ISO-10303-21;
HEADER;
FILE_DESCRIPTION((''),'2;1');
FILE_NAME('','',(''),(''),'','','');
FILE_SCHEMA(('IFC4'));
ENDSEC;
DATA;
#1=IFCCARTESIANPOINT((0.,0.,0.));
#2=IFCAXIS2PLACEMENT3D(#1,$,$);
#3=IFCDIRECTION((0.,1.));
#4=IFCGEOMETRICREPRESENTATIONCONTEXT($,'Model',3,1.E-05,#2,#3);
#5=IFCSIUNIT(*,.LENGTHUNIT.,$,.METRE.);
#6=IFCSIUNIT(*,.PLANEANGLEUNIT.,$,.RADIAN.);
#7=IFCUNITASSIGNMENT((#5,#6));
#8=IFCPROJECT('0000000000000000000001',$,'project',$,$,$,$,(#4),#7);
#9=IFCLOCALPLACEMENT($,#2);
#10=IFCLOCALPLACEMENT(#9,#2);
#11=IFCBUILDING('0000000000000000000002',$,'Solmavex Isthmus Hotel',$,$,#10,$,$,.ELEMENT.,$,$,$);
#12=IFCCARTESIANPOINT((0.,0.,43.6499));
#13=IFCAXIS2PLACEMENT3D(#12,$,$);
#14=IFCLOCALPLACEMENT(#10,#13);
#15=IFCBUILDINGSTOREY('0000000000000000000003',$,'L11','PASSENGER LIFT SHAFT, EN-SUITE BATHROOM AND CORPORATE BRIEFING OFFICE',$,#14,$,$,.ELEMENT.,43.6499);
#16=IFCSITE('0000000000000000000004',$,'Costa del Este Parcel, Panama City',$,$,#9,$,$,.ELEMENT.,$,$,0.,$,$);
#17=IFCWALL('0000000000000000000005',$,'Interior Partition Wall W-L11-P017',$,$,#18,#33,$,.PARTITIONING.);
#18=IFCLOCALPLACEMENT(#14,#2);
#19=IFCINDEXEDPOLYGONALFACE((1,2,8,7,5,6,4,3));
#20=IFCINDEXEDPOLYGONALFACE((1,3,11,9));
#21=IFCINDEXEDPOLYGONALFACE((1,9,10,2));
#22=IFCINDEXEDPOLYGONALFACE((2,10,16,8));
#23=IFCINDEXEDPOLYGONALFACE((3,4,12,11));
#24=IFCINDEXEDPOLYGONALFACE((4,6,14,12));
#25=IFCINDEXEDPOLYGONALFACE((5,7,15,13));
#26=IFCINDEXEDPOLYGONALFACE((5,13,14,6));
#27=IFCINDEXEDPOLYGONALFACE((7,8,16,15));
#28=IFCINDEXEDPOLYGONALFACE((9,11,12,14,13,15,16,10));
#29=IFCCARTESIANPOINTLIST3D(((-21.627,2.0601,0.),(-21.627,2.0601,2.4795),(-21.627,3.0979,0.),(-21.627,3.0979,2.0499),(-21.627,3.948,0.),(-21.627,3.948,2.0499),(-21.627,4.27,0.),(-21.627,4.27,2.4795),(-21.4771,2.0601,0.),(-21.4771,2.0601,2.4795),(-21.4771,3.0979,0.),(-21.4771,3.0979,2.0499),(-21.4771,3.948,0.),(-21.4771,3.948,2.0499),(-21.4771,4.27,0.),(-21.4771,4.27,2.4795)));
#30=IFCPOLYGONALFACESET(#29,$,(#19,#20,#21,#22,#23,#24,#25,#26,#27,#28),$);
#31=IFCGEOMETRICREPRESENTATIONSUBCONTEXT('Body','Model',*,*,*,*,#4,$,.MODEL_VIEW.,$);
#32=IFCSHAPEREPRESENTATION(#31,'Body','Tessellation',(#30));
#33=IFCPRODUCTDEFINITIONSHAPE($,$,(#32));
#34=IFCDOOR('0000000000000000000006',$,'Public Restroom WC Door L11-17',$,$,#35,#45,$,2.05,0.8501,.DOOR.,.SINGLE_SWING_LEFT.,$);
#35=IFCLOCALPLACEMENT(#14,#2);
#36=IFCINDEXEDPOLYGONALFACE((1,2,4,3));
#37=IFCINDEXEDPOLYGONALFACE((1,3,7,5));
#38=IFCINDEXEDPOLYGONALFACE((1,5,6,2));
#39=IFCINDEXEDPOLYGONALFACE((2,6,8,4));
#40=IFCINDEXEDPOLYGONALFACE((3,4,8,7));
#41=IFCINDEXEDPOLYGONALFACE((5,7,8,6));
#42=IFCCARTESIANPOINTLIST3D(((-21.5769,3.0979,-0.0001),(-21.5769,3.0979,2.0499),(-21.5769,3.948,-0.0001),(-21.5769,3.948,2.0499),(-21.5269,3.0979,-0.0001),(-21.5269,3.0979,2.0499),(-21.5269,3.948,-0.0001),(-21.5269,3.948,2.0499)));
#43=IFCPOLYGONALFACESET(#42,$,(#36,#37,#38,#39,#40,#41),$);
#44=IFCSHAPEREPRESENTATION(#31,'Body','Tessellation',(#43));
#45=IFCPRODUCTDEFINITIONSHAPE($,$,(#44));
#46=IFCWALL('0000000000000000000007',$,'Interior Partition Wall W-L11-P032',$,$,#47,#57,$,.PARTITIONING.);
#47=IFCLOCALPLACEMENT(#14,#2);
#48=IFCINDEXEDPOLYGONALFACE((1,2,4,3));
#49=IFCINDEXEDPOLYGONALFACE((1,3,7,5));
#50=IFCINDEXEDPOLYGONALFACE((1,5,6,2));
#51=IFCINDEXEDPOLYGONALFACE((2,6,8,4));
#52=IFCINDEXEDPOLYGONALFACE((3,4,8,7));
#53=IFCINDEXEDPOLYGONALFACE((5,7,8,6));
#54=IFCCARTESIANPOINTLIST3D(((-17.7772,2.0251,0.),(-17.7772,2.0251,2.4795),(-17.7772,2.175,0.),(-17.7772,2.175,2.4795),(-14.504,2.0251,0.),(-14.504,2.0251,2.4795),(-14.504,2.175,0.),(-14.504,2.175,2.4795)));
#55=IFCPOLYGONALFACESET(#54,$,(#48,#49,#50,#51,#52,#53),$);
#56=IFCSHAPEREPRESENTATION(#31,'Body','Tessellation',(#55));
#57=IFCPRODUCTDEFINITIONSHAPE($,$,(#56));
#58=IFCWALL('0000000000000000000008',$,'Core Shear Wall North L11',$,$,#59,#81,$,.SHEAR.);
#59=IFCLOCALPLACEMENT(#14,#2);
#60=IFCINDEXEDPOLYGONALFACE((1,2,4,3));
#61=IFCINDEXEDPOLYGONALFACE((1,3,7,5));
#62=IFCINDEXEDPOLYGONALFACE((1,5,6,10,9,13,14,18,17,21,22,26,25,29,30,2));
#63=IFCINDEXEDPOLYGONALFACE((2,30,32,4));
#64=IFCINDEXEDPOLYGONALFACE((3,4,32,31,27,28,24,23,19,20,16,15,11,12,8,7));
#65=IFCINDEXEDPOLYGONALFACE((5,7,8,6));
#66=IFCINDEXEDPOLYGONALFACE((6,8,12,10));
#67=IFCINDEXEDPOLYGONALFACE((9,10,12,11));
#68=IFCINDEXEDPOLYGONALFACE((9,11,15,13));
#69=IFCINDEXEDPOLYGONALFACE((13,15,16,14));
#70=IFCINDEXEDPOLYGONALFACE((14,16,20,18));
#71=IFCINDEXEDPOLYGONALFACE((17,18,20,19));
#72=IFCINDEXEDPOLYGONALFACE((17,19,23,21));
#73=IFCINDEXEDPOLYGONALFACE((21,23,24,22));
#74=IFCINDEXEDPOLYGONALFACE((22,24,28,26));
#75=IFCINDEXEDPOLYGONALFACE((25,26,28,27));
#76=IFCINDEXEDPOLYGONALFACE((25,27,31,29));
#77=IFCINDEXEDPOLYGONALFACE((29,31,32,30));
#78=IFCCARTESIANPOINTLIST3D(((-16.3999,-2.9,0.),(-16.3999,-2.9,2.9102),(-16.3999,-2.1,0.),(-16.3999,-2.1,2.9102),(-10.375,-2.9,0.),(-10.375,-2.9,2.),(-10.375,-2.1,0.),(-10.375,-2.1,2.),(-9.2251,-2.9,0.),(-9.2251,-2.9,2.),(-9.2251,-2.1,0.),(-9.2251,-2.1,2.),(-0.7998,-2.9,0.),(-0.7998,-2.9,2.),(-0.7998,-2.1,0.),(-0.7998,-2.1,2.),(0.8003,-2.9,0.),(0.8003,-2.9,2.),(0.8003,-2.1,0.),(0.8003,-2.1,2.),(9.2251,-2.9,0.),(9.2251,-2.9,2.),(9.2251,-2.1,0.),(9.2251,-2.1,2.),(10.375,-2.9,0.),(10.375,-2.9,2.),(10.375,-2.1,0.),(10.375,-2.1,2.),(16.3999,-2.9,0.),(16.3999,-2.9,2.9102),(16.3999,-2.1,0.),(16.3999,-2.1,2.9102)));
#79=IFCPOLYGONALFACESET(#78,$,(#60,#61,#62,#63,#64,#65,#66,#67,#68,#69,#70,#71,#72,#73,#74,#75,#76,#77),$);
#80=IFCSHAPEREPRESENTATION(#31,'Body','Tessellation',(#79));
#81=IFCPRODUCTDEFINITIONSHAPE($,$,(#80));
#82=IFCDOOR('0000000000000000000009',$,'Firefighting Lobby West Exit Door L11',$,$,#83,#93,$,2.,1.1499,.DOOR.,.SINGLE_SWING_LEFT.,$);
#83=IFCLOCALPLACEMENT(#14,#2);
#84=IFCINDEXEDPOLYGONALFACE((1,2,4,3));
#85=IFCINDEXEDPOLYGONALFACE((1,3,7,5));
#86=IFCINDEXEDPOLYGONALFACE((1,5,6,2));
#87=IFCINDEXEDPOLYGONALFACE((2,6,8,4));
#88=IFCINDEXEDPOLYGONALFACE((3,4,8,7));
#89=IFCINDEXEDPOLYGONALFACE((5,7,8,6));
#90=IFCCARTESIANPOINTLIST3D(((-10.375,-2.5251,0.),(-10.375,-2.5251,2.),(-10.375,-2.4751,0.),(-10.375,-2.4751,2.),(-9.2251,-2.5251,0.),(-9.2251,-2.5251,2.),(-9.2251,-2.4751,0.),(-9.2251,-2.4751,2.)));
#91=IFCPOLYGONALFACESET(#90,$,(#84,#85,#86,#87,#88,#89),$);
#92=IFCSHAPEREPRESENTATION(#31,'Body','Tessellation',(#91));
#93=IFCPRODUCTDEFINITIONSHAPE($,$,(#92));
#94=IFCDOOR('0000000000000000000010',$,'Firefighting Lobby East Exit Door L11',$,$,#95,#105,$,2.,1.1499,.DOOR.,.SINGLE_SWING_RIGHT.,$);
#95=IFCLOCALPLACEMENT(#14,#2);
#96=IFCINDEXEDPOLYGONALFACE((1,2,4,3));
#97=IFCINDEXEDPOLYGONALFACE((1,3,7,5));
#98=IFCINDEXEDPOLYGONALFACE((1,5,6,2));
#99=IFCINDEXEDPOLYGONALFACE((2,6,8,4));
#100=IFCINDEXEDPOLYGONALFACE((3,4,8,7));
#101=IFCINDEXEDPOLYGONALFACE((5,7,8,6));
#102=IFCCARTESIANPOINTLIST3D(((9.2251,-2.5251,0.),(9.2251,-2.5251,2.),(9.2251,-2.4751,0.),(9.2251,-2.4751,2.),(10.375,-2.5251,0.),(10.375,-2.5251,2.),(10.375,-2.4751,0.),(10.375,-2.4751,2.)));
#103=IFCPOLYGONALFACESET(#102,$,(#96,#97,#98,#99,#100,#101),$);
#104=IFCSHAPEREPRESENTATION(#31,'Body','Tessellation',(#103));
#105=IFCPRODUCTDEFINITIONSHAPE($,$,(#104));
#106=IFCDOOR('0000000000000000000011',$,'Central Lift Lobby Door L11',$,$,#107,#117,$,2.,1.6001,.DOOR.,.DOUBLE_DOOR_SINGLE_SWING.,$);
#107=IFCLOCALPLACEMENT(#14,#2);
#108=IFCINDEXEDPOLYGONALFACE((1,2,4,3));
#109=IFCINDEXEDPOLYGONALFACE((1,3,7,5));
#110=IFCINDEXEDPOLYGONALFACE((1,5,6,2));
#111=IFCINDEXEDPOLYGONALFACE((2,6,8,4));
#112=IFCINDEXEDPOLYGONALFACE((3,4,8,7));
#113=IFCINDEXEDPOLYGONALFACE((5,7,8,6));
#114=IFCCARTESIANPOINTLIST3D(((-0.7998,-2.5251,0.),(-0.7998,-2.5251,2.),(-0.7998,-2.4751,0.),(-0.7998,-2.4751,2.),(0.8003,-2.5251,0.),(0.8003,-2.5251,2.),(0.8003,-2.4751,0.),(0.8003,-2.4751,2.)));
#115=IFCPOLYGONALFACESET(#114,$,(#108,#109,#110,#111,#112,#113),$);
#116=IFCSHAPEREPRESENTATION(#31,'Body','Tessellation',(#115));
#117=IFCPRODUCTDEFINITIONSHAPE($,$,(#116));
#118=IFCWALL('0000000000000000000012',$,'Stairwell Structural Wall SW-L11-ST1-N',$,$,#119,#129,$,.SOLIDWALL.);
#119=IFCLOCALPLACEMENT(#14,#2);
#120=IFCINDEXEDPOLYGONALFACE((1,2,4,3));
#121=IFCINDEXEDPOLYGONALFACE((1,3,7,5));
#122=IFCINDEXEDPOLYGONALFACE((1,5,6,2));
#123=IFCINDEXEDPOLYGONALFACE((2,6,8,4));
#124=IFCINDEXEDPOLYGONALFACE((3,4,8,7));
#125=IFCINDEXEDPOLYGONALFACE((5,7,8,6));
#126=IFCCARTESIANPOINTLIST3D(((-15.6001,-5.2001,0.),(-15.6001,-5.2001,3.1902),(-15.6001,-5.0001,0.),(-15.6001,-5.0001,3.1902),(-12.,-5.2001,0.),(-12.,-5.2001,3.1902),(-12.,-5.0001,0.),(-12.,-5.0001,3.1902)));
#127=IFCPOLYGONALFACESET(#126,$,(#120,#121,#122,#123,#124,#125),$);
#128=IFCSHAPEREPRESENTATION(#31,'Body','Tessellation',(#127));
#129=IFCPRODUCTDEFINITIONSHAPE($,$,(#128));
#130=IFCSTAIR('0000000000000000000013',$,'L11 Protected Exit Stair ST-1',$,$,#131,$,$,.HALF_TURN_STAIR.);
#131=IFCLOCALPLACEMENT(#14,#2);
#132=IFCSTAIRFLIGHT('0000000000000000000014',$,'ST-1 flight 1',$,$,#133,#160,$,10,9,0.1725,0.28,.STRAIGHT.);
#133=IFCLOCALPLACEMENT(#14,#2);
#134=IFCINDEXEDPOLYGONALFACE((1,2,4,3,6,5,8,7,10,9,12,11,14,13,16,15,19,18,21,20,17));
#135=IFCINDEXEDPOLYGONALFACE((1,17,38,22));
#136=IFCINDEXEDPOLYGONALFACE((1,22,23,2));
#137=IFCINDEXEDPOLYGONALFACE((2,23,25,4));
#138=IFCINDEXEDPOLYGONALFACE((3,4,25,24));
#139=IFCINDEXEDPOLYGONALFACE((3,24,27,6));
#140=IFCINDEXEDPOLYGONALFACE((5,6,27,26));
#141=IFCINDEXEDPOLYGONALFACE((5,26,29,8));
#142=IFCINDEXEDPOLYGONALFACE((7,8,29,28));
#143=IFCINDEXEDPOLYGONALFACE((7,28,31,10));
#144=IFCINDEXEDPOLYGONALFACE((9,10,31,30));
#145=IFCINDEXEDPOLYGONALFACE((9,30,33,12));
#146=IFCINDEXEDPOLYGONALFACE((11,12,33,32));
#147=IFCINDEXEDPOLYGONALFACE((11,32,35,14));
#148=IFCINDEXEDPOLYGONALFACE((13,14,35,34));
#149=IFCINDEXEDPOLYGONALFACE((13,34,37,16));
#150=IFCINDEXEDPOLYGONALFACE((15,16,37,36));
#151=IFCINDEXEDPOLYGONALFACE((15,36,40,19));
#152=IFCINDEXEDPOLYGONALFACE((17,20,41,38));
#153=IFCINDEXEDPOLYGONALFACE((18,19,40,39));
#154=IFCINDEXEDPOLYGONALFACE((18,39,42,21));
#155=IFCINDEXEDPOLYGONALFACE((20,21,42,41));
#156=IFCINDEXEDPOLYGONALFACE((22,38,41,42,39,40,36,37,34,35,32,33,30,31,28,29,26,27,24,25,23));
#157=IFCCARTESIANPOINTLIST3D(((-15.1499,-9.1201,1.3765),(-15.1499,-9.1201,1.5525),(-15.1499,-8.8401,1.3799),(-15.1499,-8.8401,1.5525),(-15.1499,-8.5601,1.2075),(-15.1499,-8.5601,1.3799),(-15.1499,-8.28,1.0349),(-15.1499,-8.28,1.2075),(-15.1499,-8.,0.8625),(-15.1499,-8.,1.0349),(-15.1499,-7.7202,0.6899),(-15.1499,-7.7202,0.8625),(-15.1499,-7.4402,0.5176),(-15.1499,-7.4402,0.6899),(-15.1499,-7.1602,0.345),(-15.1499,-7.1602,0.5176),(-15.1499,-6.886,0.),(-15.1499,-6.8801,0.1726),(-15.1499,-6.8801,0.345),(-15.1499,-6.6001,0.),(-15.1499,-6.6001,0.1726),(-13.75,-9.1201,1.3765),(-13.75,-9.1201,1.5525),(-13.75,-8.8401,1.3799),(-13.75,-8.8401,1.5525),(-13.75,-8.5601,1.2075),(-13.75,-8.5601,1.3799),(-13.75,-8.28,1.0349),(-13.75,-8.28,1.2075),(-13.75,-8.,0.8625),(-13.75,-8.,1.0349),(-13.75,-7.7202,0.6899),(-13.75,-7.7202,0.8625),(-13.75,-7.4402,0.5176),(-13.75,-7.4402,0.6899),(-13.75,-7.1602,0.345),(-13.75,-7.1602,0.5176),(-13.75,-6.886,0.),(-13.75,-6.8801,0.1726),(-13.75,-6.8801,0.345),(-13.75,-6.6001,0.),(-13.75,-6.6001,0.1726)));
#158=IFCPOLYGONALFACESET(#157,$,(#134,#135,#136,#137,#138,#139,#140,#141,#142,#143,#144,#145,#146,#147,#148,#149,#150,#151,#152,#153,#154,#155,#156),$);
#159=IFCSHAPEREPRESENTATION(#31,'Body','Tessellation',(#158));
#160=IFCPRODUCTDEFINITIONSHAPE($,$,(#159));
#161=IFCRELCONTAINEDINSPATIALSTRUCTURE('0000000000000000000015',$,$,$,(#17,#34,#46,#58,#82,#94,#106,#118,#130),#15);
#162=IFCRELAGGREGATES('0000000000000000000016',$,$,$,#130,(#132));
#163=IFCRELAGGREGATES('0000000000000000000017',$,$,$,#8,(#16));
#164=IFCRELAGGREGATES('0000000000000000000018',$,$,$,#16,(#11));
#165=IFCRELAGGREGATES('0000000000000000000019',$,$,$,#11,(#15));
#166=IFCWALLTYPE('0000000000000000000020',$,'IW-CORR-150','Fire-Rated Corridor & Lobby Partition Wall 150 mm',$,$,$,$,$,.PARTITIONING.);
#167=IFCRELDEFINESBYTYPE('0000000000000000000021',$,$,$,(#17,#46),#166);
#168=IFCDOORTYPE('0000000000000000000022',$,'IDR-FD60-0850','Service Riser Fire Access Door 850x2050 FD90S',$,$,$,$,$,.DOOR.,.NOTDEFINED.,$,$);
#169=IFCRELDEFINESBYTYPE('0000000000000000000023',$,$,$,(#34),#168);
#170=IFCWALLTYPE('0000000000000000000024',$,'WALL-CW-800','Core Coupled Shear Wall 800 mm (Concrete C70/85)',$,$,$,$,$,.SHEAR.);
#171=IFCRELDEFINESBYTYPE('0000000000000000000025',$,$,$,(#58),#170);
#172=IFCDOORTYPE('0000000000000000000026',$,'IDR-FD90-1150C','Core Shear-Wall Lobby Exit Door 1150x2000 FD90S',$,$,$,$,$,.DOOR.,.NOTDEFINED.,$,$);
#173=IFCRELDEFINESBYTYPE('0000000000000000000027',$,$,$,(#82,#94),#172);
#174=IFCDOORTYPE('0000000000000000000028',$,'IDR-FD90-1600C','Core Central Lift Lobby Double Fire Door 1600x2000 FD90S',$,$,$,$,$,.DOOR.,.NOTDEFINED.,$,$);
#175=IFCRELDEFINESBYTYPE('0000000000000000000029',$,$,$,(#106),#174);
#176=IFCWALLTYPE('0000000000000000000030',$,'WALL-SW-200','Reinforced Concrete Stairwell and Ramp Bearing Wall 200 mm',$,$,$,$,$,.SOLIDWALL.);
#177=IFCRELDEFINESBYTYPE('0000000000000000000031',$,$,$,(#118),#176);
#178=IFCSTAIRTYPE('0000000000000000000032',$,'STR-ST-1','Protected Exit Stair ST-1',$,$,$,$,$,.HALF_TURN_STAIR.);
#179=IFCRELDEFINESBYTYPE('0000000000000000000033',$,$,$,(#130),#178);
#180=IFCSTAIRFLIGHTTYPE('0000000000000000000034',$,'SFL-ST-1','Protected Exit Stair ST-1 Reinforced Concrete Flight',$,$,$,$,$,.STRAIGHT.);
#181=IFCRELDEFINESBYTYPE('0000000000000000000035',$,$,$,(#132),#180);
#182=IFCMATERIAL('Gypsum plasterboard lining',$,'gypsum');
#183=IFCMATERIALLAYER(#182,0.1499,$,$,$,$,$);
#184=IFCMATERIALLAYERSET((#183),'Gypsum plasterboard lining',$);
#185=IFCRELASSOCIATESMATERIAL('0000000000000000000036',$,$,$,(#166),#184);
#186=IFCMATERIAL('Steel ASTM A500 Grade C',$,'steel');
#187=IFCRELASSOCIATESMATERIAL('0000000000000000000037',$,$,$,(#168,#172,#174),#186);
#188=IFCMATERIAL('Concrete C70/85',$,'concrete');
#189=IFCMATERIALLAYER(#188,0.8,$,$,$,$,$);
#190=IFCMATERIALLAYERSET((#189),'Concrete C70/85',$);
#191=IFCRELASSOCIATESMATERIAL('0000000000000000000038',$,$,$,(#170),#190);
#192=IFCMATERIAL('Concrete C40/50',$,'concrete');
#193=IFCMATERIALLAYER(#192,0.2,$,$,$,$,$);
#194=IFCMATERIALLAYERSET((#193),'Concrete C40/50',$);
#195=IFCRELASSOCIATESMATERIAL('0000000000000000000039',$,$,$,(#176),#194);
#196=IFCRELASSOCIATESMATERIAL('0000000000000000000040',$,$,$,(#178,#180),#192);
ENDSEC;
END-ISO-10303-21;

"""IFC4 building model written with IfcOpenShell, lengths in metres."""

from ifc_helpers import new_model, si_unit, direction, frame, frame_2d, origin, place, context, subcontext, project, spatial, polyline, rectangle, outline, extrude, material, layer, layer_set, type_object, element, fill, aggregate, save


model = new_model("IFC4")

# Units and contexts
model_context = context("Model", 3, precision=1e-05, world=origin(), true_north=direction((0.0, 1.0)))
body_context = subcontext(model_context, "Body", "Model", "MODEL_VIEW")
ifc_project = project(units=[si_unit("LENGTHUNIT", "METRE"), si_unit("PLANEANGLEUNIT", "RADIAN")], contexts=[model_context])

# Site, building, storey
site_placement = place(None, origin())
site = spatial("IfcSite", under=ifc_project, at=site_placement, Name="Costa del Este Parcel, Panama City", CompositionType="ELEMENT", RefElevation=0.0)
building_placement = place(site_placement, origin())
building = spatial("IfcBuilding", under=site, at=building_placement, Name="Solmavex Isthmus Hotel", CompositionType="ELEMENT")
storey_placement = place(building_placement, frame((0.0, 0.0, 43.6499)))
storey = spatial("IfcBuildingStorey", under=building, at=storey_placement, Name="L11", Description="PASSENGER LIFT SHAFT, EN-SUITE BATHROOM AND CORPORATE BRIEFING OFFICE", CompositionType="ELEMENT", Elevation=43.6499)

# Shared definitions
ifc_material_1 = material(Name="Concrete C70/85", Category="concrete")

# Shared definitions
ifc_material_2 = material(Name="Gypsum plasterboard lining", Category="gypsum")

# Wall, opening, door
ifc_layer_1 = layer(ifc_material_2, 0.1499)
ifc_layer_set_1 = layer_set([ifc_layer_1], Name="Gypsum plasterboard lining")
wall_type_1 = type_object("IfcWallType", Name="IW-CORR-150", Description="Fire-Rated Corridor & Lobby Partition Wall 150 mm", PredefinedType="PARTITIONING", material=ifc_layer_set_1)
wall_1_placement = place(storey_placement, frame((-21.552, 2.0601, 0.0), z_axis=(0.0, 0.0, 1.0), x_axis=(0.0, 1.0, 0.0)))
wall_1 = element("IfcWall", 1, at=wall_1_placement, inside=storey, type_object=wall_type_1, Name="Interior Partition Wall W-L11-P017", PredefinedType="PARTITIONING", context=body_context, shape_type="SweptSolid", body=[
    extrude(rectangle(XDim=2.21, YDim=0.1499, at=frame_2d((1.105, 0.0))), origin(), (0.0, 0.0, 1.0), 2.4795),
])
opening_1_placement = place(wall_1_placement, frame((1.0378, 0.0, 0.0)))
opening_1 = element("IfcOpeningElement", 2, at=opening_1_placement, cuts=wall_1, PredefinedType="OPENING", context=body_context, shape_type="SweptSolid", body=[
    extrude(rectangle(XDim=0.8501, YDim=2.05, at=frame_2d((0.425, 1.0249))), frame((0.0, 0.085, 0.0), z_axis=(0.0, -1.0, 0.0), x_axis=(1.0, 0.0, 0.0)), (0.0, 0.0, 1.0), 0.1699),
])
ifc_material_3 = material(Name="Steel ASTM A500 Grade C", Category="steel")
door_type_1 = type_object("IfcDoorType", Name="IDR-FD60-0850", Description="Service Riser Fire Access Door 850x2050 FD90S", OperationType="NOTDEFINED", PredefinedType="DOOR", material=ifc_material_3)
door_1_placement = place(opening_1_placement, origin())
door_1 = element("IfcDoor", 3, at=door_1_placement, inside=storey, type_object=door_type_1, Name="Public Restroom WC Door L11-17", OperationType="SINGLE_SWING_LEFT", OverallHeight=2.05, OverallWidth=0.8501, PredefinedType="DOOR", context=body_context, shape_type="SweptSolid", body=[
    extrude(rectangle(XDim=0.8501, YDim=2.05, at=frame_2d((0.425, 1.0249))), frame((0.0, 0.0249, 0.0), z_axis=(0.0, -1.0, 0.0), x_axis=(1.0, 0.0, 0.0)), (0.0, 0.0, 1.0), 0.05),
])
fill(opening_1, door_1)

# Wall
wall_2_placement = place(storey_placement, frame((-14.5039, 2.1001, 0.0), z_axis=(0.0, 0.0, 1.0), x_axis=(-1.0, 0.0, 0.0)))
element("IfcWall", 4, at=wall_2_placement, inside=storey, type_object=wall_type_1, Name="Interior Partition Wall W-L11-P032", PredefinedType="PARTITIONING", context=body_context, shape_type="SweptSolid", body=[
    extrude(rectangle(XDim=3.2732, YDim=0.1499, at=frame_2d((1.6367, 0.0))), origin(), (0.0, 0.0, 1.0), 2.4795),
])

# Wall, openings, doors
ifc_layer_2 = layer(ifc_material_1, 0.8)
ifc_layer_set_2 = layer_set([ifc_layer_2], Name="Concrete C70/85")
wall_type_2 = type_object("IfcWallType", Name="WALL-CW-800", Description="Core Coupled Shear Wall 800 mm (Concrete C70/85)", PredefinedType="SHEAR", material=ifc_layer_set_2)
wall_3_placement = place(storey_placement, frame((-16.3999, -2.5, 0.0), z_axis=(0.0, 0.0, 1.0), x_axis=(1.0, 0.0, 0.0)))
wall_3 = element("IfcWall", 5, at=wall_3_placement, inside=storey, type_object=wall_type_2, Name="Core Shear Wall North L11", PredefinedType="SHEAR", context=body_context, shape_type="SweptSolid", body=[
    extrude(rectangle(XDim=32.7998, YDim=0.8, at=frame_2d((16.3999, 0.0))), origin(), (0.0, 0.0, 1.0), 2.9102),
])
opening_2_placement = place(wall_3_placement, frame((6.0249, 0.0, 0.0)))
opening_2 = element("IfcOpeningElement", 6, at=opening_2_placement, cuts=wall_3, PredefinedType="OPENING", context=body_context, shape_type="SweptSolid", body=[
    extrude(rectangle(XDim=1.1499, YDim=2.0, at=frame_2d((0.575, 1.0))), frame((0.0, 0.4099, 0.0), z_axis=(0.0, -1.0, 0.0), x_axis=(1.0, 0.0, 0.0)), (0.0, 0.0, 1.0), 0.8201),
])
opening_3_placement = place(wall_3_placement, frame((15.6001, 0.0, 0.0)))
opening_3 = element("IfcOpeningElement", 7, at=opening_3_placement, cuts=wall_3, PredefinedType="OPENING", context=body_context, shape_type="SweptSolid", body=[
    extrude(rectangle(XDim=1.6001, YDim=2.0, at=frame_2d((0.8, 1.0))), frame((0.0, 0.4099, 0.0), z_axis=(0.0, -1.0, 0.0), x_axis=(1.0, 0.0, 0.0)), (0.0, 0.0, 1.0), 0.8201),
])
opening_4_placement = place(wall_3_placement, frame((25.625, 0.0, 0.0)))
opening_4 = element("IfcOpeningElement", 8, at=opening_4_placement, cuts=wall_3, PredefinedType="OPENING", context=body_context, shape_type="SweptSolid", body=[
    extrude(rectangle(XDim=1.1499, YDim=2.0, at=frame_2d((0.575, 1.0))), frame((0.0, 0.4099, 0.0), z_axis=(0.0, -1.0, 0.0), x_axis=(1.0, 0.0, 0.0)), (0.0, 0.0, 1.0), 0.8201),
])
door_type_2 = type_object("IfcDoorType", Name="IDR-FD90-1150C", Description="Core Shear-Wall Lobby Exit Door 1150x2000 FD90S", OperationType="NOTDEFINED", PredefinedType="DOOR", material=ifc_material_3)
door_2_placement = place(opening_2_placement, origin())
door_2 = element("IfcDoor", 9, at=door_2_placement, inside=storey, type_object=door_type_2, Name="Firefighting Lobby West Exit Door L11", OperationType="SINGLE_SWING_LEFT", OverallHeight=2.0, OverallWidth=1.1499, PredefinedType="DOOR", context=body_context, shape_type="SweptSolid", body=[
    extrude(rectangle(XDim=1.1499, YDim=2.0, at=frame_2d((0.575, 1.0))), frame((0.0, 0.0249, 0.0), z_axis=(0.0, -1.0, 0.0), x_axis=(1.0, 0.0, 0.0)), (0.0, 0.0, 1.0), 0.05),
])
fill(opening_2, door_2)
door_3_placement = place(opening_4_placement, origin())
door_3 = element("IfcDoor", 10, at=door_3_placement, inside=storey, type_object=door_type_2, Name="Firefighting Lobby East Exit Door L11", OperationType="SINGLE_SWING_RIGHT", OverallHeight=2.0, OverallWidth=1.1499, PredefinedType="DOOR", context=body_context, shape_type="SweptSolid", body=[
    extrude(rectangle(XDim=1.1499, YDim=2.0, at=frame_2d((0.575, 1.0))), frame((0.0, 0.0249, 0.0), z_axis=(0.0, -1.0, 0.0), x_axis=(1.0, 0.0, 0.0)), (0.0, 0.0, 1.0), 0.05),
])
fill(opening_4, door_3)
door_type_3 = type_object("IfcDoorType", Name="IDR-FD90-1600C", Description="Core Central Lift Lobby Double Fire Door 1600x2000 FD90S", OperationType="NOTDEFINED", PredefinedType="DOOR", material=ifc_material_3)
door_4_placement = place(opening_3_placement, origin())
door_4 = element("IfcDoor", 11, at=door_4_placement, inside=storey, type_object=door_type_3, Name="Central Lift Lobby Door L11", OperationType="DOUBLE_DOOR_SINGLE_SWING", OverallHeight=2.0, OverallWidth=1.6001, PredefinedType="DOOR", context=body_context, shape_type="SweptSolid", body=[
    extrude(rectangle(XDim=1.6001, YDim=2.0, at=frame_2d((0.8, 1.0))), frame((0.0, 0.0249, 0.0), z_axis=(0.0, -1.0, 0.0), x_axis=(1.0, 0.0, 0.0)), (0.0, 0.0, 1.0), 0.05),
])
fill(opening_3, door_4)

# Wall
ifc_material_4 = material(Name="Concrete C40/50", Category="concrete")
ifc_layer_3 = layer(ifc_material_4, 0.2)
ifc_layer_set_3 = layer_set([ifc_layer_3], Name="Concrete C40/50")
wall_type_3 = type_object("IfcWallType", Name="WALL-SW-200", Description="Reinforced Concrete Stairwell and Ramp Bearing Wall 200 mm", PredefinedType="SOLIDWALL", material=ifc_layer_set_3)
wall_4_placement = place(storey_placement, frame((-15.6001, -5.1001, 0.0), z_axis=(0.0, 0.0, 1.0), x_axis=(1.0, 0.0, 0.0)))
element("IfcWall", 12, at=wall_4_placement, inside=storey, type_object=wall_type_3, Name="Stairwell Structural Wall SW-L11-ST1-N", PredefinedType="SOLIDWALL", context=body_context, shape_type="SweptSolid", body=[
    extrude(rectangle(XDim=3.6001, YDim=0.2, at=frame_2d((1.8, 0.0))), origin(), (0.0, 0.0, 1.0), 3.1902),
])

# Stair, stair flight
stair_type = type_object("IfcStairType", Name="STR-ST-1", Description="Protected Exit Stair ST-1", PredefinedType="HALF_TURN_STAIR", material=ifc_material_4)
stair_placement = place(storey_placement, origin())
stair = element("IfcStair", 13, at=stair_placement, inside=storey, type_object=stair_type, Name="L11 Protected Exit Stair ST-1", PredefinedType="HALF_TURN_STAIR")
stair_flight_type = type_object("IfcStairFlightType", Name="SFL-ST-1", Description="Protected Exit Stair ST-1 Reinforced Concrete Flight", PredefinedType="STRAIGHT", material=ifc_material_4)
stair_flight_placement = place(storey_placement, frame((-14.45, -6.6001, 0.0), z_axis=(0.0, 0.0, 1.0), x_axis=(0.0, -1.0, 0.0)))
stair_flight = element("IfcStairFlight", 14, at=stair_flight_placement, type_object=stair_flight_type, Name="ST-1 flight 1", NumberOfRisers=10, NumberOfTreads=9, PredefinedType="STRAIGHT", RiserHeight=0.1725, TreadLength=0.28, context=body_context, shape_type="SweptSolid", body=[
    extrude(outline(polyline([(0.0, 0.0), (0.0, 0.1726), (0.28, 0.1726), (0.28, 0.345), (0.5601, 0.345), (0.5601, 0.5176), (0.8401, 0.5176), (0.8401, 0.6899), (1.1201, 0.6899), (1.1201, 0.8625), (1.3999, 0.8625), (1.3999, 1.0349), (1.6799, 1.0349), (1.6799, 1.2075), (1.96, 1.2075), (1.96, 1.3799), (2.24, 1.3799), (2.24, 1.5525), (2.52, 1.5525), (2.52, 1.7251), (2.52, 1.3765), (0.2859, 0.0), (0.0, 0.0)])), frame((0.0, 0.7, 0.0), z_axis=(0.0, -1.0, 0.0), x_axis=(1.0, 0.0, 0.0)), (0.0, 0.0, 1.0), 1.3999),
])
aggregate(stair, [stair_flight])

save(model, "model.ifc")
